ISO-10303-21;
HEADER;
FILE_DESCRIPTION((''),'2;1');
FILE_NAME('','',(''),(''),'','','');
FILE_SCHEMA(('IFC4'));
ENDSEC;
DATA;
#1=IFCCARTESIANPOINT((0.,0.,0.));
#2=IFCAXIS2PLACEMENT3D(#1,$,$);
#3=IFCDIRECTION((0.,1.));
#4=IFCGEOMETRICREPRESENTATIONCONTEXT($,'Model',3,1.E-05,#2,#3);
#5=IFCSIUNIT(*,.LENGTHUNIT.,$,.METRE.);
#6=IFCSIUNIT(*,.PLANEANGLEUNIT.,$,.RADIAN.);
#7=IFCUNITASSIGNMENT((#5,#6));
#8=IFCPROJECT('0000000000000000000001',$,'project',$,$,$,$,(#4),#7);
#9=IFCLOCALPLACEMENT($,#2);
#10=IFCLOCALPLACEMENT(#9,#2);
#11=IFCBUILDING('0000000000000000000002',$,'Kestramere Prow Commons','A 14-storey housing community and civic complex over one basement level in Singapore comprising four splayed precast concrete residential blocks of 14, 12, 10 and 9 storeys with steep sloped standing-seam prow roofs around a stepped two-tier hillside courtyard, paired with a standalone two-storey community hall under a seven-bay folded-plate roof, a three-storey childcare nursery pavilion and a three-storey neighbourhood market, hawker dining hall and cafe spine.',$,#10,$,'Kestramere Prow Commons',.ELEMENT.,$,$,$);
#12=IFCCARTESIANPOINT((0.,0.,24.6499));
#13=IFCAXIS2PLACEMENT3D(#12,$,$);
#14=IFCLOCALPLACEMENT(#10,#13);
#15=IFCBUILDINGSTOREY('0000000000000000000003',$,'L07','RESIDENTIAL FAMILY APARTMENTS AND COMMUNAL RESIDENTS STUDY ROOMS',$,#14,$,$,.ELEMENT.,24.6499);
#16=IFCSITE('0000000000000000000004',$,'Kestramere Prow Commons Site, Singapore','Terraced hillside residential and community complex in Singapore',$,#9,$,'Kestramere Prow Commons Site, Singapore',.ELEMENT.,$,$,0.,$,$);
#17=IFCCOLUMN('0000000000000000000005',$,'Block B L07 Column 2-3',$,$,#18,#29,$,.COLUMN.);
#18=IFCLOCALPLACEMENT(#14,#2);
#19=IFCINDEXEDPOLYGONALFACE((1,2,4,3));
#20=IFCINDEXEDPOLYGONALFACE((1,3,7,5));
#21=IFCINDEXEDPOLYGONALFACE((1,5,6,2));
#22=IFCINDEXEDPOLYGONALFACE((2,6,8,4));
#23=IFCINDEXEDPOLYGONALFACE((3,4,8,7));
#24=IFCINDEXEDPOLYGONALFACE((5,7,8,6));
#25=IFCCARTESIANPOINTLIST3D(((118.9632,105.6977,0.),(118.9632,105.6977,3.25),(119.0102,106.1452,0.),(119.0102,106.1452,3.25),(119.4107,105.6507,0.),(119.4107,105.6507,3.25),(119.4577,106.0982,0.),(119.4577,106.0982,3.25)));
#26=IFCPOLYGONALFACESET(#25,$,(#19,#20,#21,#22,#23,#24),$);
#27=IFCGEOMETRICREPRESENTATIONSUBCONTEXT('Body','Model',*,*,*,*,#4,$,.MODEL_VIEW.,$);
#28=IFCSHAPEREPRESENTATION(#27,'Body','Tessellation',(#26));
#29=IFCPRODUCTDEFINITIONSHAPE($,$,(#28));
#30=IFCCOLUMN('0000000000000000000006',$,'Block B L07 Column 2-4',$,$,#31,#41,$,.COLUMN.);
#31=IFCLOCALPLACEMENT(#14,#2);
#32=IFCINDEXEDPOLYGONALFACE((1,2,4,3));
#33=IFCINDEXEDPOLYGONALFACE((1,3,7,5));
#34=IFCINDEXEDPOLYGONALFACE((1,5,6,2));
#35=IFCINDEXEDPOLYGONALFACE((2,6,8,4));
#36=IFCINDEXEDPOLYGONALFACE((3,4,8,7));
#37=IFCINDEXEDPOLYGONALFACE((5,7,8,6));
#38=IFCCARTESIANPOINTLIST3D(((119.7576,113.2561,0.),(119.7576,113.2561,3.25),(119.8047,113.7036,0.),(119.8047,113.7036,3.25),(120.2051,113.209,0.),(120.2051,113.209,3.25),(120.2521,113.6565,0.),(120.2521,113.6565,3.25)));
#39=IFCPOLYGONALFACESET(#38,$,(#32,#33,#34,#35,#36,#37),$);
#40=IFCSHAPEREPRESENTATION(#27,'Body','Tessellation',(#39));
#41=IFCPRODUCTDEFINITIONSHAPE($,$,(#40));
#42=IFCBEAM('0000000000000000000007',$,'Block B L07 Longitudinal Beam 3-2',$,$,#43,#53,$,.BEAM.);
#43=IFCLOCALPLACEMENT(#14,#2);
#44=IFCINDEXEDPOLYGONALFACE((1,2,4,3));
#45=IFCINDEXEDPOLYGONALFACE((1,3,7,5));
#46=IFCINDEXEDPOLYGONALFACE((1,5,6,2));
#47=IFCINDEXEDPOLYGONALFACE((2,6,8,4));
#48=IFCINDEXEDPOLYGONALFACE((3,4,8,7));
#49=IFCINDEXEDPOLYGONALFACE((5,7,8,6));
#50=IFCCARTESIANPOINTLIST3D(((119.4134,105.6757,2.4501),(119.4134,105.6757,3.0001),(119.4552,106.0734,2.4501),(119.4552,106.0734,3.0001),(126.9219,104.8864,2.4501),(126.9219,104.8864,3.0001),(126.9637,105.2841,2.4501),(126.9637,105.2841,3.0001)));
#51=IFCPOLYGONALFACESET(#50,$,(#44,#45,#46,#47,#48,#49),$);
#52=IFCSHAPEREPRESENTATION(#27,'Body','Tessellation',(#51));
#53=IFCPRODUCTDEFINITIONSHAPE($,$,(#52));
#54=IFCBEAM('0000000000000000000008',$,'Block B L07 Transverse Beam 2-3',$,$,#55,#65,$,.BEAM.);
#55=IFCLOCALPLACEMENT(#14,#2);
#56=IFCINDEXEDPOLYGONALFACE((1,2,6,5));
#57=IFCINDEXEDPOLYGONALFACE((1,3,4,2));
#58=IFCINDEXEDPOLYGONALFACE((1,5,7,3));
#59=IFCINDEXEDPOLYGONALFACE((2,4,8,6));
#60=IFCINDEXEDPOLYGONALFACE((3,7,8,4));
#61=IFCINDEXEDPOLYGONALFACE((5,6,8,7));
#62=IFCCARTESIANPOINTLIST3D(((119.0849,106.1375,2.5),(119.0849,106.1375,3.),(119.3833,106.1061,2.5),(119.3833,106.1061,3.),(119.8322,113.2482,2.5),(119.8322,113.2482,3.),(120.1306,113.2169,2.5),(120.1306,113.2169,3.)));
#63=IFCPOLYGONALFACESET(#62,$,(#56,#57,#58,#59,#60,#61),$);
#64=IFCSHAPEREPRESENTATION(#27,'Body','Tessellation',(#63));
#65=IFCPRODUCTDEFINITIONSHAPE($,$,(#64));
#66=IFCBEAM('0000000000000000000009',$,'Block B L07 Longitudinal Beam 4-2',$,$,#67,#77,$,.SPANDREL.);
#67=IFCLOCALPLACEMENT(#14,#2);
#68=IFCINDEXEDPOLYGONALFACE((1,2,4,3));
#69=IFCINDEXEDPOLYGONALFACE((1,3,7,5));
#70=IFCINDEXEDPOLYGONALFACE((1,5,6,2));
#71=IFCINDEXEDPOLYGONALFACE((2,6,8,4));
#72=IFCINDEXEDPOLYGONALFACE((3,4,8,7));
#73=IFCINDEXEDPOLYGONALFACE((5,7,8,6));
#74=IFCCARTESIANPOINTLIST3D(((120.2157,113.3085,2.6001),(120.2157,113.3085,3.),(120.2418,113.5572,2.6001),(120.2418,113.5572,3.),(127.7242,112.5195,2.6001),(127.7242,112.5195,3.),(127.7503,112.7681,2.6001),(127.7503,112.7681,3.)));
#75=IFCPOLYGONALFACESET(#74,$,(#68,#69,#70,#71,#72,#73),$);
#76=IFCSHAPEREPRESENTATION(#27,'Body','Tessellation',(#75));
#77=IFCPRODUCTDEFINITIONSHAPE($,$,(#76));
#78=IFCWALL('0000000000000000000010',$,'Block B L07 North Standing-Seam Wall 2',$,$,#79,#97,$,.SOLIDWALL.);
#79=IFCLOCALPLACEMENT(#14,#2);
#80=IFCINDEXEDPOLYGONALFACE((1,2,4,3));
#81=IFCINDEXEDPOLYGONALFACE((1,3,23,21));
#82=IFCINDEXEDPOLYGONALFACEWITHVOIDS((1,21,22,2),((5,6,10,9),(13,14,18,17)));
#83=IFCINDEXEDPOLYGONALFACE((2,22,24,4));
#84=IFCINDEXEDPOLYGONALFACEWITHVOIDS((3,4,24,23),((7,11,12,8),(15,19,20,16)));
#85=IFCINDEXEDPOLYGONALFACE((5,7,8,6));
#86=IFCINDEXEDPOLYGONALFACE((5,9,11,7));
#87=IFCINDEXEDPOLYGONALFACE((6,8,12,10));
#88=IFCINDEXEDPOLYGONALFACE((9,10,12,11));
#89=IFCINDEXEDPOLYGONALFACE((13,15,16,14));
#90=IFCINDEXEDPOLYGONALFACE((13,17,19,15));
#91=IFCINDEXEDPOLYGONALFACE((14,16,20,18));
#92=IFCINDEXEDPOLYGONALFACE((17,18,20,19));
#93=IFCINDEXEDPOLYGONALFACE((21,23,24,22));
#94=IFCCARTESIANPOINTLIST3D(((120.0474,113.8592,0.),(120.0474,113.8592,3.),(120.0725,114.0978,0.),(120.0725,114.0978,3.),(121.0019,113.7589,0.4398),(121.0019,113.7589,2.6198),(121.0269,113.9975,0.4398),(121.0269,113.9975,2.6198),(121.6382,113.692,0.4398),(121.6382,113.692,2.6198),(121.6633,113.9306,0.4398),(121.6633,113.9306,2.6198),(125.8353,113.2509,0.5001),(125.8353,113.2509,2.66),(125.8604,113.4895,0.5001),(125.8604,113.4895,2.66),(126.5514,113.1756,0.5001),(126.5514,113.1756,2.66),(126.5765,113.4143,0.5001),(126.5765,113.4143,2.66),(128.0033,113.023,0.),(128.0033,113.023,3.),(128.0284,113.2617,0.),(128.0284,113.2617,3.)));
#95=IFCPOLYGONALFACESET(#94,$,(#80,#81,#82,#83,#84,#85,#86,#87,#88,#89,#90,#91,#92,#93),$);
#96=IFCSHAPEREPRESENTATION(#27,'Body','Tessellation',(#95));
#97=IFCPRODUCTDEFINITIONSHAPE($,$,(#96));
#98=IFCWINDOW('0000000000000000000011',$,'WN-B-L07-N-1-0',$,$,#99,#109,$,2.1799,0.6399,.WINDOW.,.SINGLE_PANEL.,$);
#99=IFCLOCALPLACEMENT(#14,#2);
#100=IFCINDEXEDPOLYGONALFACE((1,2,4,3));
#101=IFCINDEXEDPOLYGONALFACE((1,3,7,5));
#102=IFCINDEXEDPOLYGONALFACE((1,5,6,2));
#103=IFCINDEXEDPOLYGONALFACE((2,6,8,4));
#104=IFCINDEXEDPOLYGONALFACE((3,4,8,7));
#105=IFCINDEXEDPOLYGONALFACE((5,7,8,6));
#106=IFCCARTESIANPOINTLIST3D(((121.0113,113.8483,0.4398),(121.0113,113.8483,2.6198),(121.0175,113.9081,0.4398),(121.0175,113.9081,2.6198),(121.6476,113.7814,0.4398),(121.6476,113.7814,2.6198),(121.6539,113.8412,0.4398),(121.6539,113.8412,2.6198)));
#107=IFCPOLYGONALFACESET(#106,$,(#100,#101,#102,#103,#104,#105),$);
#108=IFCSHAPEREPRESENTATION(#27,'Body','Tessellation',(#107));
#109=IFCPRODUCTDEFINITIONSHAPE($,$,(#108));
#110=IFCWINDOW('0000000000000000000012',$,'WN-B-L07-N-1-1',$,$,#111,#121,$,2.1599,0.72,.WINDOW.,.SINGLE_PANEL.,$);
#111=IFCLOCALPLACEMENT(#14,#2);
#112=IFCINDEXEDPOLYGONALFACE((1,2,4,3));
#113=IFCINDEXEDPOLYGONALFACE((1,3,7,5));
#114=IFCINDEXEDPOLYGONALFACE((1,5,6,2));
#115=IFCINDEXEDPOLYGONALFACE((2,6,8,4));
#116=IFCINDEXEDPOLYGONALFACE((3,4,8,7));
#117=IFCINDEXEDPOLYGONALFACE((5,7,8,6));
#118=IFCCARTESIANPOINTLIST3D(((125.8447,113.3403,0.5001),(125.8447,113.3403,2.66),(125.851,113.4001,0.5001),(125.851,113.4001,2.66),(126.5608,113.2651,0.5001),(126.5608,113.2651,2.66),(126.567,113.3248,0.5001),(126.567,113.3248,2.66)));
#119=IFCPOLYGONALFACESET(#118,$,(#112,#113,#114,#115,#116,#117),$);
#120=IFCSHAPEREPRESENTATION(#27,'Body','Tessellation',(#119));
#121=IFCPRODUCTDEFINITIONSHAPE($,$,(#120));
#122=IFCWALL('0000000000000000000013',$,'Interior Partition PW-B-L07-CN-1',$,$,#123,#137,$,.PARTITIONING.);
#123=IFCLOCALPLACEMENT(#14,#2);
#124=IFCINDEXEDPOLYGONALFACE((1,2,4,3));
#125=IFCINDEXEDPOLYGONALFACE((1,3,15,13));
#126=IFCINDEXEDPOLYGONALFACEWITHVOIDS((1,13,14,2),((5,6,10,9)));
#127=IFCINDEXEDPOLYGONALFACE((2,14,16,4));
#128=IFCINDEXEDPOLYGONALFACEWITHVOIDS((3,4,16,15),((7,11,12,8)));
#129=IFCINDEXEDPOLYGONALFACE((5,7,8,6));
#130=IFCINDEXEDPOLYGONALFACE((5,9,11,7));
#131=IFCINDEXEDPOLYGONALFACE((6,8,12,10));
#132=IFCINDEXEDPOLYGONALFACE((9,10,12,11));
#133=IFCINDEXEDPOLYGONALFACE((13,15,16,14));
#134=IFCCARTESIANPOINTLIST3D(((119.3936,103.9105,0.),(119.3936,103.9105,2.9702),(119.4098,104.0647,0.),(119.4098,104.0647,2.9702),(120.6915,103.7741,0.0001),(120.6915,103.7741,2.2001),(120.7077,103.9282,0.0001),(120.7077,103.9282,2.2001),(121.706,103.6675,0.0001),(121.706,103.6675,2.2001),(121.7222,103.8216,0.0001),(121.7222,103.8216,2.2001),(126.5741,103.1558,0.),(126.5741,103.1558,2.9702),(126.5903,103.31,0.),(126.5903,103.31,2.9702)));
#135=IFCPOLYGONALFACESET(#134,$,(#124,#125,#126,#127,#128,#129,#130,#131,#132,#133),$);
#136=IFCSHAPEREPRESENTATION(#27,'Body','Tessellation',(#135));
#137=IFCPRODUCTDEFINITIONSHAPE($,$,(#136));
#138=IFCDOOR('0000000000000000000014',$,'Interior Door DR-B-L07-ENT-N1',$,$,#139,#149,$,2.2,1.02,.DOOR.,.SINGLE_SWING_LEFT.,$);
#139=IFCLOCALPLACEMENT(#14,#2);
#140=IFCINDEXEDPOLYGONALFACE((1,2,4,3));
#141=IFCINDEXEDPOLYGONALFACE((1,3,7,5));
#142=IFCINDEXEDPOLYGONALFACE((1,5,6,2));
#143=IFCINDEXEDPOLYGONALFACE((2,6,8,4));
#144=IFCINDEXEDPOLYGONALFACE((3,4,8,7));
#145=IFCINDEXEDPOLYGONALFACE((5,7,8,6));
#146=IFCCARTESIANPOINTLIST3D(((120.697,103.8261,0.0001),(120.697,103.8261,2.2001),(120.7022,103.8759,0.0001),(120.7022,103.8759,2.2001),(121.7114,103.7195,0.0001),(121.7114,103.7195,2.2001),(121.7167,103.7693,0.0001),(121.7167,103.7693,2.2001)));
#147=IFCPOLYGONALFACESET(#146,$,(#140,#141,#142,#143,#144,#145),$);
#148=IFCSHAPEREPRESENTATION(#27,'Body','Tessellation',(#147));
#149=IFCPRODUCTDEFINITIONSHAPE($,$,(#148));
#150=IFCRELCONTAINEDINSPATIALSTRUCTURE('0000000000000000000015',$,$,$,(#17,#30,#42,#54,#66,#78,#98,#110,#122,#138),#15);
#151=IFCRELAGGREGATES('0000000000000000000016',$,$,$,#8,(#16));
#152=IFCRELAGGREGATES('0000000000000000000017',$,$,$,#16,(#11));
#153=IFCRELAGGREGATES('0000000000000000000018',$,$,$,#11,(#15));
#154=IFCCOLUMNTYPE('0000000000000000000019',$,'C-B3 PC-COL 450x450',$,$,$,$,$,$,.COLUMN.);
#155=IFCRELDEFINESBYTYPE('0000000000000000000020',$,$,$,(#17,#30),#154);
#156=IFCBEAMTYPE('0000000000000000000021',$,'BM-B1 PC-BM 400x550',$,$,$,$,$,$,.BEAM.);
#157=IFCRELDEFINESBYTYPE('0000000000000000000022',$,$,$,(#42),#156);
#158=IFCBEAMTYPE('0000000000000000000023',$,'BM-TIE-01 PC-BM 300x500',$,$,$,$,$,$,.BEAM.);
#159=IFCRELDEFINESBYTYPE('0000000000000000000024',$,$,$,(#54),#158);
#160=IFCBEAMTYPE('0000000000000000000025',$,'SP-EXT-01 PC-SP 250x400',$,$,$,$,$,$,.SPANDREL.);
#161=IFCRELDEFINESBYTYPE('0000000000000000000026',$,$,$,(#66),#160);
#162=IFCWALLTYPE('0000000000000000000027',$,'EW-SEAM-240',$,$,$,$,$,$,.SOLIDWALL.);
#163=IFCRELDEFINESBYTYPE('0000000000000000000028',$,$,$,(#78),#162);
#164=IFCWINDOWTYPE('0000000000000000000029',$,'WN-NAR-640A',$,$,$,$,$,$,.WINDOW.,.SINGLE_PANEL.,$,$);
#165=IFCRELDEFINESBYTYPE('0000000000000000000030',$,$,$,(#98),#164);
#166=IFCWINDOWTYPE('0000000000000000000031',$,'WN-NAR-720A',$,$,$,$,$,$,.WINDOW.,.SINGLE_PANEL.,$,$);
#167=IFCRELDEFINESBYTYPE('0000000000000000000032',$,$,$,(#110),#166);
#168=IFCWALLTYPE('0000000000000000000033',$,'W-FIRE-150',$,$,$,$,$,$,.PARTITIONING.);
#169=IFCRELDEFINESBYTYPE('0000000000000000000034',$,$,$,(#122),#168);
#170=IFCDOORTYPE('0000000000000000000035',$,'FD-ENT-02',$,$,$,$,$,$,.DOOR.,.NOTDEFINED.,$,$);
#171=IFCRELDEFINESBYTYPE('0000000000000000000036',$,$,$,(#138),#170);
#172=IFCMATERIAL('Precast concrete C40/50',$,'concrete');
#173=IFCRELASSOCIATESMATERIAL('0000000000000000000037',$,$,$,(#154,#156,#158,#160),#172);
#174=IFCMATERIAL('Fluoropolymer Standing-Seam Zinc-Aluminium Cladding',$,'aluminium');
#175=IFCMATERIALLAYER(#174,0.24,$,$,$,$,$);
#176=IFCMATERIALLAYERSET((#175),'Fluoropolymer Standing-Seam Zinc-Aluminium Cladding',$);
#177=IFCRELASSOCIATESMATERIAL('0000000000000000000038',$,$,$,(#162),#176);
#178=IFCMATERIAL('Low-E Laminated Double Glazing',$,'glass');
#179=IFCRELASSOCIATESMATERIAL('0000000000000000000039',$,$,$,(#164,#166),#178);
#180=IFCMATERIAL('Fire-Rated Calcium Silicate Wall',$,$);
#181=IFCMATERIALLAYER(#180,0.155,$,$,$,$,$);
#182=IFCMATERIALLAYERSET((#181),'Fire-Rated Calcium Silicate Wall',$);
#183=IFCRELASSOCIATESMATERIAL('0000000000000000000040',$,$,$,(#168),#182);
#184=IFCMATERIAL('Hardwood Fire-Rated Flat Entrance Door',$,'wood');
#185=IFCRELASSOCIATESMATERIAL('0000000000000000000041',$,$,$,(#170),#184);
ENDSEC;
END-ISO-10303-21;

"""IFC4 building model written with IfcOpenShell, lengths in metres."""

from ifc_helpers import new_model, si_unit, direction, frame, frame_2d, origin, origin_2d, place, context, subcontext, project, spatial, rectangle, extrude, material, layer, layer_set, material_profile, profile_set, type_object, element, fill, save


model = new_model("IFC4")

# Units and contexts
model_context = context("Model", 3, precision=1e-05, world=origin(), true_north=direction((0.0, 1.0)))
body_context = subcontext(model_context, "Body", "Model", "MODEL_VIEW")
ifc_project = project(units=[si_unit("LENGTHUNIT", "METRE"), si_unit("PLANEANGLEUNIT", "RADIAN")], contexts=[model_context])

# Site, building, storey
site_placement = place(None, origin())
site = spatial("IfcSite", under=ifc_project, at=site_placement, Name="Kestramere Prow Commons Site, Singapore", Description="Terraced hillside residential and community complex in Singapore", LongName="Kestramere Prow Commons Site, Singapore", CompositionType="ELEMENT", RefElevation=0.0)
building_placement = place(site_placement, origin())
building = spatial("IfcBuilding", under=site, at=building_placement, Name="Kestramere Prow Commons", Description="A 14-storey housing community and civic complex over one basement level in Singapore comprising four splayed precast concrete residential blocks of 14, 12, 10 and 9 storeys with steep sloped standing-seam prow roofs around a stepped two-tier hillside courtyard, paired with a standalone two-storey community hall under a seven-bay folded-plate roof, a three-storey childcare nursery pavilion and a three-storey neighbourhood market, hawker dining hall and cafe spine.", LongName="Kestramere Prow Commons", CompositionType="ELEMENT")
storey_placement = place(building_placement, frame((0.0, 0.0, 24.6499)))
storey = spatial("IfcBuildingStorey", under=building, at=storey_placement, Name="L07", Description="RESIDENTIAL FAMILY APARTMENTS AND COMMUNAL RESIDENTS STUDY ROOMS", CompositionType="ELEMENT", Elevation=24.6499)

# Columns
ifc_material_1 = material(Name="Precast concrete C40/50", Category="concrete")
ifc_material_profile_1 = material_profile(ifc_material_1, rectangle(XDim=0.45, YDim=0.45, at=origin_2d()), Name="PC-COL 450x450")
ifc_profile_set_1 = profile_set([ifc_material_profile_1], Name="Precast concrete C40/50")
column_type = type_object("IfcColumnType", Name="C-B3 PC-COL 450x450", PredefinedType="COLUMN", material=ifc_profile_set_1)
for number, where, z_axis, x_axis, name in (
    (1, (119.2104, 105.8979, 0.0), (0.0, 0.0, 1.0), (0.994522, -0.104528, 0.0), "Block B L07 Column 2-3"),
    (2, (120.0049, 113.4563, 0.0), (0.0, 0.0, 1.0), (0.994522, -0.104528, 0.0), "Block B L07 Column 2-4"),
):
    element("IfcColumn", number, at=place(storey_placement, frame(where, z_axis=z_axis, x_axis=x_axis)), inside=storey, type_object=column_type, Name=name, PredefinedType="COLUMN", context=body_context, shape_type="SweptSolid", body=[
        extrude(rectangle(XDim=0.45, YDim=0.45, at=origin_2d()), origin(), (0.0, 0.0, 1.0), 3.25),
    ])

# Beams
ifc_material_profile_2 = material_profile(ifc_material_1, rectangle(XDim=0.3999, YDim=0.55, at=origin_2d()), Name="PC-BM 400x550")
ifc_profile_set_2 = profile_set([ifc_material_profile_2], Name="Precast concrete C40/50")
beam_type_1 = type_object("IfcBeamType", Name="BM-B1 PC-BM 400x550", PredefinedType="BEAM", material=ifc_profile_set_2)
beam_1_placement = place(storey_placement, frame((119.4343, 105.8745, 2.7251), z_axis=(0.99452, -0.104545, 0.0), x_axis=(0.104545, 0.99452, 0.0)))
element("IfcBeam", 3, at=beam_1_placement, inside=storey, type_object=beam_type_1, Name="Block B L07 Longitudinal Beam 3-2", PredefinedType="BEAM", context=body_context, shape_type="SweptSolid", body=[
    extrude(rectangle(XDim=0.3999, YDim=0.55, at=origin_2d()), origin(), (0.0, 0.0, 1.0), 7.5498),
])
ifc_material_profile_3 = material_profile(ifc_material_1, rectangle(XDim=0.3, YDim=0.5, at=origin_2d()), Name="PC-BM 300x500")
ifc_profile_set_3 = profile_set([ifc_material_profile_3], Name="Precast concrete C40/50")
beam_type_2 = type_object("IfcBeamType", Name="BM-TIE-01 PC-BM 300x500", PredefinedType="BEAM", material=ifc_profile_set_3)
beam_2_placement = place(storey_placement, frame((119.2341, 106.1218, 2.75), z_axis=(0.104519, 0.994523, 0.0), x_axis=(-0.994523, 0.104519, 0.0)))
element("IfcBeam", 4, at=beam_2_placement, inside=storey, type_object=beam_type_2, Name="Block B L07 Transverse Beam 2-3", PredefinedType="BEAM", context=body_context, shape_type="SweptSolid", body=[
    extrude(rectangle(XDim=0.3, YDim=0.5, at=origin_2d()), origin(), (0.0, 0.0, 1.0), 7.1499),
])
ifc_material_profile_4 = material_profile(ifc_material_1, rectangle(XDim=0.25, YDim=0.3999, at=origin_2d()), Name="PC-SP 250x400")
ifc_profile_set_4 = profile_set([ifc_material_profile_4], Name="Precast concrete C40/50")
beam_type_3 = type_object("IfcBeamType", Name="SP-EXT-01 PC-SP 250x400", PredefinedType="SPANDREL", material=ifc_profile_set_4)
beam_3_placement = place(storey_placement, frame((120.2288, 113.4329, 2.8), z_axis=(0.994524, -0.104513, 0.0), x_axis=(0.104513, 0.994524, 0.0)))
element("IfcBeam", 5, at=beam_3_placement, inside=storey, type_object=beam_type_3, Name="Block B L07 Longitudinal Beam 4-2", PredefinedType="SPANDREL", context=body_context, shape_type="SweptSolid", body=[
    extrude(rectangle(XDim=0.25, YDim=0.3999, at=origin_2d()), origin(), (0.0, 0.0, 1.0), 7.5498),
])

# Wall, openings, windows
ifc_material_2 = material(Name="Fluoropolymer Standing-Seam Zinc-Aluminium Cladding", Category="aluminium")
ifc_layer_1 = layer(ifc_material_2, 0.24)
ifc_layer_set_1 = layer_set([ifc_layer_1], Name="Fluoropolymer Standing-Seam Zinc-Aluminium Cladding")
wall_type_1 = type_object("IfcWallType", Name="EW-SEAM-240", PredefinedType="SOLIDWALL", material=ifc_layer_set_1)
wall_1_placement = place(storey_placement, frame((120.0598, 113.9785, 0.0), z_axis=(0.0, 0.0, 1.0), x_axis=(0.994522, -0.104524, 0.0)))
wall_1 = element("IfcWall", 6, at=wall_1_placement, inside=storey, type_object=wall_type_1, Name="Block B L07 North Standing-Seam Wall 2", PredefinedType="SOLIDWALL", context=body_context, shape_type="SweptSolid", body=[
    extrude(rectangle(XDim=7.9998, YDim=0.24, at=frame_2d((4.0, 0.0))), origin(), (0.0, 0.0, 1.0), 3.0),
])
opening_1_placement = place(wall_1_placement, frame((0.96, 0.0, 0.4399)))
opening_1 = element("IfcOpeningElement", 7, at=opening_1_placement, cuts=wall_1, PredefinedType="OPENING", context=body_context, shape_type="SweptSolid", body=[
    extrude(rectangle(XDim=0.6399, YDim=2.1799, at=frame_2d((0.3198, 1.0898))), frame((0.0, 0.135, 0.0), z_axis=(0.0, -1.0, 0.0), x_axis=(1.0, 0.0, 0.0)), (0.0, 0.0, 1.0), 0.27),
])
opening_2_placement = place(wall_1_placement, frame((5.8201, 0.0, 0.5)))
opening_2 = element("IfcOpeningElement", 8, at=opening_2_placement, cuts=wall_1, PredefinedType="OPENING", context=body_context, shape_type="SweptSolid", body=[
    extrude(rectangle(XDim=0.72, YDim=2.1599, at=frame_2d((0.3599, 1.0801))), frame((0.0, 0.135, 0.0), z_axis=(0.0, -1.0, 0.0), x_axis=(1.0, 0.0, 0.0)), (0.0, 0.0, 1.0), 0.27),
])
ifc_material_3 = material(Name="Low-E Laminated Double Glazing", Category="glass")
window_type_1 = type_object("IfcWindowType", Name="WN-NAR-640A", PartitioningType="SINGLE_PANEL", PredefinedType="WINDOW", material=ifc_material_3)
window_1_placement = place(opening_1_placement, origin())
window_1 = element("IfcWindow", 9, at=window_1_placement, inside=storey, type_object=window_type_1, Name="WN-B-L07-N-1-0", OverallHeight=2.1799, OverallWidth=0.6399, PartitioningType="SINGLE_PANEL", PredefinedType="WINDOW", context=body_context, shape_type="SweptSolid", body=[
    extrude(rectangle(XDim=0.6399, YDim=2.1799, at=frame_2d((0.3198, 1.0898))), frame((0.0, 0.03, 0.0), z_axis=(0.0, -1.0, 0.0), x_axis=(1.0, 0.0, 0.0)), (0.0, 0.0, 1.0), 0.0601),
])
fill(opening_1, window_1)
window_type_2 = type_object("IfcWindowType", Name="WN-NAR-720A", PartitioningType="SINGLE_PANEL", PredefinedType="WINDOW", material=ifc_material_3)
window_2_placement = place(opening_2_placement, origin())
window_2 = element("IfcWindow", 10, at=window_2_placement, inside=storey, type_object=window_type_2, Name="WN-B-L07-N-1-1", OverallHeight=2.1599, OverallWidth=0.72, PartitioningType="SINGLE_PANEL", PredefinedType="WINDOW", context=body_context, shape_type="SweptSolid", body=[
    extrude(rectangle(XDim=0.72, YDim=2.1599, at=frame_2d((0.3599, 1.0801))), frame((0.0, 0.03, 0.0), z_axis=(0.0, -1.0, 0.0), x_axis=(1.0, 0.0, 0.0)), (0.0, 0.0, 1.0), 0.0601),
])
fill(opening_2, window_2)

# Wall, opening, door
ifc_material_4 = material(Name="Fire-Rated Calcium Silicate Wall")
ifc_layer_2 = layer(ifc_material_4, 0.155)
ifc_layer_set_2 = layer_set([ifc_layer_2], Name="Fire-Rated Calcium Silicate Wall")
wall_type_2 = type_object("IfcWallType", Name="W-FIRE-150", PredefinedType="PARTITIONING", material=ifc_layer_set_2)
wall_2_placement = place(storey_placement, frame((119.4019, 103.9875, 0.0), z_axis=(0.0, 0.0, 1.0), x_axis=(0.994523, -0.104521, 0.0)))
wall_2 = element("IfcWall", 11, at=wall_2_placement, inside=storey, type_object=wall_type_2, Name="Interior Partition PW-B-L07-CN-1", PredefinedType="PARTITIONING", context=body_context, shape_type="SweptSolid", body=[
    extrude(rectangle(XDim=7.22, YDim=0.155, at=frame_2d((3.6099, 0.0))), origin(), (0.0, 0.0, 1.0), 2.9702),
])
opening_3_placement = place(wall_2_placement, frame((1.3049, 0.0, 0.0)))
opening_3 = element("IfcOpeningElement", 12, at=opening_3_placement, cuts=wall_2, PredefinedType="OPENING", context=body_context, shape_type="SweptSolid", body=[
    extrude(rectangle(XDim=1.02, YDim=2.2, at=frame_2d((0.51, 1.1001))), frame((0.0, 0.0925, 0.0), z_axis=(0.0, -1.0, 0.0), x_axis=(1.0, 0.0, 0.0)), (0.0, 0.0, 1.0), 0.1851),
])
ifc_material_5 = material(Name="Hardwood Fire-Rated Flat Entrance Door", Category="wood")
door_type_1 = type_object("IfcDoorType", Name="FD-ENT-02", OperationType="NOTDEFINED", PredefinedType="DOOR", material=ifc_material_5)
door_1_placement = place(opening_3_placement, origin())
door_1 = element("IfcDoor", 13, at=door_1_placement, inside=storey, type_object=door_type_1, Name="Interior Door DR-B-L07-ENT-N1", OperationType="SINGLE_SWING_LEFT", OverallHeight=2.2, OverallWidth=1.02, PredefinedType="DOOR", context=body_context, shape_type="SweptSolid", body=[
    extrude(rectangle(XDim=1.02, YDim=2.2, at=frame_2d((0.51, 1.1001))), frame((0.0, 0.0249, 0.0), z_axis=(0.0, -1.0, 0.0), x_axis=(1.0, 0.0, 0.0)), (0.0, 0.0, 1.0), 0.05),
])
fill(opening_3, door_1)

save(model, "model.ifc")
